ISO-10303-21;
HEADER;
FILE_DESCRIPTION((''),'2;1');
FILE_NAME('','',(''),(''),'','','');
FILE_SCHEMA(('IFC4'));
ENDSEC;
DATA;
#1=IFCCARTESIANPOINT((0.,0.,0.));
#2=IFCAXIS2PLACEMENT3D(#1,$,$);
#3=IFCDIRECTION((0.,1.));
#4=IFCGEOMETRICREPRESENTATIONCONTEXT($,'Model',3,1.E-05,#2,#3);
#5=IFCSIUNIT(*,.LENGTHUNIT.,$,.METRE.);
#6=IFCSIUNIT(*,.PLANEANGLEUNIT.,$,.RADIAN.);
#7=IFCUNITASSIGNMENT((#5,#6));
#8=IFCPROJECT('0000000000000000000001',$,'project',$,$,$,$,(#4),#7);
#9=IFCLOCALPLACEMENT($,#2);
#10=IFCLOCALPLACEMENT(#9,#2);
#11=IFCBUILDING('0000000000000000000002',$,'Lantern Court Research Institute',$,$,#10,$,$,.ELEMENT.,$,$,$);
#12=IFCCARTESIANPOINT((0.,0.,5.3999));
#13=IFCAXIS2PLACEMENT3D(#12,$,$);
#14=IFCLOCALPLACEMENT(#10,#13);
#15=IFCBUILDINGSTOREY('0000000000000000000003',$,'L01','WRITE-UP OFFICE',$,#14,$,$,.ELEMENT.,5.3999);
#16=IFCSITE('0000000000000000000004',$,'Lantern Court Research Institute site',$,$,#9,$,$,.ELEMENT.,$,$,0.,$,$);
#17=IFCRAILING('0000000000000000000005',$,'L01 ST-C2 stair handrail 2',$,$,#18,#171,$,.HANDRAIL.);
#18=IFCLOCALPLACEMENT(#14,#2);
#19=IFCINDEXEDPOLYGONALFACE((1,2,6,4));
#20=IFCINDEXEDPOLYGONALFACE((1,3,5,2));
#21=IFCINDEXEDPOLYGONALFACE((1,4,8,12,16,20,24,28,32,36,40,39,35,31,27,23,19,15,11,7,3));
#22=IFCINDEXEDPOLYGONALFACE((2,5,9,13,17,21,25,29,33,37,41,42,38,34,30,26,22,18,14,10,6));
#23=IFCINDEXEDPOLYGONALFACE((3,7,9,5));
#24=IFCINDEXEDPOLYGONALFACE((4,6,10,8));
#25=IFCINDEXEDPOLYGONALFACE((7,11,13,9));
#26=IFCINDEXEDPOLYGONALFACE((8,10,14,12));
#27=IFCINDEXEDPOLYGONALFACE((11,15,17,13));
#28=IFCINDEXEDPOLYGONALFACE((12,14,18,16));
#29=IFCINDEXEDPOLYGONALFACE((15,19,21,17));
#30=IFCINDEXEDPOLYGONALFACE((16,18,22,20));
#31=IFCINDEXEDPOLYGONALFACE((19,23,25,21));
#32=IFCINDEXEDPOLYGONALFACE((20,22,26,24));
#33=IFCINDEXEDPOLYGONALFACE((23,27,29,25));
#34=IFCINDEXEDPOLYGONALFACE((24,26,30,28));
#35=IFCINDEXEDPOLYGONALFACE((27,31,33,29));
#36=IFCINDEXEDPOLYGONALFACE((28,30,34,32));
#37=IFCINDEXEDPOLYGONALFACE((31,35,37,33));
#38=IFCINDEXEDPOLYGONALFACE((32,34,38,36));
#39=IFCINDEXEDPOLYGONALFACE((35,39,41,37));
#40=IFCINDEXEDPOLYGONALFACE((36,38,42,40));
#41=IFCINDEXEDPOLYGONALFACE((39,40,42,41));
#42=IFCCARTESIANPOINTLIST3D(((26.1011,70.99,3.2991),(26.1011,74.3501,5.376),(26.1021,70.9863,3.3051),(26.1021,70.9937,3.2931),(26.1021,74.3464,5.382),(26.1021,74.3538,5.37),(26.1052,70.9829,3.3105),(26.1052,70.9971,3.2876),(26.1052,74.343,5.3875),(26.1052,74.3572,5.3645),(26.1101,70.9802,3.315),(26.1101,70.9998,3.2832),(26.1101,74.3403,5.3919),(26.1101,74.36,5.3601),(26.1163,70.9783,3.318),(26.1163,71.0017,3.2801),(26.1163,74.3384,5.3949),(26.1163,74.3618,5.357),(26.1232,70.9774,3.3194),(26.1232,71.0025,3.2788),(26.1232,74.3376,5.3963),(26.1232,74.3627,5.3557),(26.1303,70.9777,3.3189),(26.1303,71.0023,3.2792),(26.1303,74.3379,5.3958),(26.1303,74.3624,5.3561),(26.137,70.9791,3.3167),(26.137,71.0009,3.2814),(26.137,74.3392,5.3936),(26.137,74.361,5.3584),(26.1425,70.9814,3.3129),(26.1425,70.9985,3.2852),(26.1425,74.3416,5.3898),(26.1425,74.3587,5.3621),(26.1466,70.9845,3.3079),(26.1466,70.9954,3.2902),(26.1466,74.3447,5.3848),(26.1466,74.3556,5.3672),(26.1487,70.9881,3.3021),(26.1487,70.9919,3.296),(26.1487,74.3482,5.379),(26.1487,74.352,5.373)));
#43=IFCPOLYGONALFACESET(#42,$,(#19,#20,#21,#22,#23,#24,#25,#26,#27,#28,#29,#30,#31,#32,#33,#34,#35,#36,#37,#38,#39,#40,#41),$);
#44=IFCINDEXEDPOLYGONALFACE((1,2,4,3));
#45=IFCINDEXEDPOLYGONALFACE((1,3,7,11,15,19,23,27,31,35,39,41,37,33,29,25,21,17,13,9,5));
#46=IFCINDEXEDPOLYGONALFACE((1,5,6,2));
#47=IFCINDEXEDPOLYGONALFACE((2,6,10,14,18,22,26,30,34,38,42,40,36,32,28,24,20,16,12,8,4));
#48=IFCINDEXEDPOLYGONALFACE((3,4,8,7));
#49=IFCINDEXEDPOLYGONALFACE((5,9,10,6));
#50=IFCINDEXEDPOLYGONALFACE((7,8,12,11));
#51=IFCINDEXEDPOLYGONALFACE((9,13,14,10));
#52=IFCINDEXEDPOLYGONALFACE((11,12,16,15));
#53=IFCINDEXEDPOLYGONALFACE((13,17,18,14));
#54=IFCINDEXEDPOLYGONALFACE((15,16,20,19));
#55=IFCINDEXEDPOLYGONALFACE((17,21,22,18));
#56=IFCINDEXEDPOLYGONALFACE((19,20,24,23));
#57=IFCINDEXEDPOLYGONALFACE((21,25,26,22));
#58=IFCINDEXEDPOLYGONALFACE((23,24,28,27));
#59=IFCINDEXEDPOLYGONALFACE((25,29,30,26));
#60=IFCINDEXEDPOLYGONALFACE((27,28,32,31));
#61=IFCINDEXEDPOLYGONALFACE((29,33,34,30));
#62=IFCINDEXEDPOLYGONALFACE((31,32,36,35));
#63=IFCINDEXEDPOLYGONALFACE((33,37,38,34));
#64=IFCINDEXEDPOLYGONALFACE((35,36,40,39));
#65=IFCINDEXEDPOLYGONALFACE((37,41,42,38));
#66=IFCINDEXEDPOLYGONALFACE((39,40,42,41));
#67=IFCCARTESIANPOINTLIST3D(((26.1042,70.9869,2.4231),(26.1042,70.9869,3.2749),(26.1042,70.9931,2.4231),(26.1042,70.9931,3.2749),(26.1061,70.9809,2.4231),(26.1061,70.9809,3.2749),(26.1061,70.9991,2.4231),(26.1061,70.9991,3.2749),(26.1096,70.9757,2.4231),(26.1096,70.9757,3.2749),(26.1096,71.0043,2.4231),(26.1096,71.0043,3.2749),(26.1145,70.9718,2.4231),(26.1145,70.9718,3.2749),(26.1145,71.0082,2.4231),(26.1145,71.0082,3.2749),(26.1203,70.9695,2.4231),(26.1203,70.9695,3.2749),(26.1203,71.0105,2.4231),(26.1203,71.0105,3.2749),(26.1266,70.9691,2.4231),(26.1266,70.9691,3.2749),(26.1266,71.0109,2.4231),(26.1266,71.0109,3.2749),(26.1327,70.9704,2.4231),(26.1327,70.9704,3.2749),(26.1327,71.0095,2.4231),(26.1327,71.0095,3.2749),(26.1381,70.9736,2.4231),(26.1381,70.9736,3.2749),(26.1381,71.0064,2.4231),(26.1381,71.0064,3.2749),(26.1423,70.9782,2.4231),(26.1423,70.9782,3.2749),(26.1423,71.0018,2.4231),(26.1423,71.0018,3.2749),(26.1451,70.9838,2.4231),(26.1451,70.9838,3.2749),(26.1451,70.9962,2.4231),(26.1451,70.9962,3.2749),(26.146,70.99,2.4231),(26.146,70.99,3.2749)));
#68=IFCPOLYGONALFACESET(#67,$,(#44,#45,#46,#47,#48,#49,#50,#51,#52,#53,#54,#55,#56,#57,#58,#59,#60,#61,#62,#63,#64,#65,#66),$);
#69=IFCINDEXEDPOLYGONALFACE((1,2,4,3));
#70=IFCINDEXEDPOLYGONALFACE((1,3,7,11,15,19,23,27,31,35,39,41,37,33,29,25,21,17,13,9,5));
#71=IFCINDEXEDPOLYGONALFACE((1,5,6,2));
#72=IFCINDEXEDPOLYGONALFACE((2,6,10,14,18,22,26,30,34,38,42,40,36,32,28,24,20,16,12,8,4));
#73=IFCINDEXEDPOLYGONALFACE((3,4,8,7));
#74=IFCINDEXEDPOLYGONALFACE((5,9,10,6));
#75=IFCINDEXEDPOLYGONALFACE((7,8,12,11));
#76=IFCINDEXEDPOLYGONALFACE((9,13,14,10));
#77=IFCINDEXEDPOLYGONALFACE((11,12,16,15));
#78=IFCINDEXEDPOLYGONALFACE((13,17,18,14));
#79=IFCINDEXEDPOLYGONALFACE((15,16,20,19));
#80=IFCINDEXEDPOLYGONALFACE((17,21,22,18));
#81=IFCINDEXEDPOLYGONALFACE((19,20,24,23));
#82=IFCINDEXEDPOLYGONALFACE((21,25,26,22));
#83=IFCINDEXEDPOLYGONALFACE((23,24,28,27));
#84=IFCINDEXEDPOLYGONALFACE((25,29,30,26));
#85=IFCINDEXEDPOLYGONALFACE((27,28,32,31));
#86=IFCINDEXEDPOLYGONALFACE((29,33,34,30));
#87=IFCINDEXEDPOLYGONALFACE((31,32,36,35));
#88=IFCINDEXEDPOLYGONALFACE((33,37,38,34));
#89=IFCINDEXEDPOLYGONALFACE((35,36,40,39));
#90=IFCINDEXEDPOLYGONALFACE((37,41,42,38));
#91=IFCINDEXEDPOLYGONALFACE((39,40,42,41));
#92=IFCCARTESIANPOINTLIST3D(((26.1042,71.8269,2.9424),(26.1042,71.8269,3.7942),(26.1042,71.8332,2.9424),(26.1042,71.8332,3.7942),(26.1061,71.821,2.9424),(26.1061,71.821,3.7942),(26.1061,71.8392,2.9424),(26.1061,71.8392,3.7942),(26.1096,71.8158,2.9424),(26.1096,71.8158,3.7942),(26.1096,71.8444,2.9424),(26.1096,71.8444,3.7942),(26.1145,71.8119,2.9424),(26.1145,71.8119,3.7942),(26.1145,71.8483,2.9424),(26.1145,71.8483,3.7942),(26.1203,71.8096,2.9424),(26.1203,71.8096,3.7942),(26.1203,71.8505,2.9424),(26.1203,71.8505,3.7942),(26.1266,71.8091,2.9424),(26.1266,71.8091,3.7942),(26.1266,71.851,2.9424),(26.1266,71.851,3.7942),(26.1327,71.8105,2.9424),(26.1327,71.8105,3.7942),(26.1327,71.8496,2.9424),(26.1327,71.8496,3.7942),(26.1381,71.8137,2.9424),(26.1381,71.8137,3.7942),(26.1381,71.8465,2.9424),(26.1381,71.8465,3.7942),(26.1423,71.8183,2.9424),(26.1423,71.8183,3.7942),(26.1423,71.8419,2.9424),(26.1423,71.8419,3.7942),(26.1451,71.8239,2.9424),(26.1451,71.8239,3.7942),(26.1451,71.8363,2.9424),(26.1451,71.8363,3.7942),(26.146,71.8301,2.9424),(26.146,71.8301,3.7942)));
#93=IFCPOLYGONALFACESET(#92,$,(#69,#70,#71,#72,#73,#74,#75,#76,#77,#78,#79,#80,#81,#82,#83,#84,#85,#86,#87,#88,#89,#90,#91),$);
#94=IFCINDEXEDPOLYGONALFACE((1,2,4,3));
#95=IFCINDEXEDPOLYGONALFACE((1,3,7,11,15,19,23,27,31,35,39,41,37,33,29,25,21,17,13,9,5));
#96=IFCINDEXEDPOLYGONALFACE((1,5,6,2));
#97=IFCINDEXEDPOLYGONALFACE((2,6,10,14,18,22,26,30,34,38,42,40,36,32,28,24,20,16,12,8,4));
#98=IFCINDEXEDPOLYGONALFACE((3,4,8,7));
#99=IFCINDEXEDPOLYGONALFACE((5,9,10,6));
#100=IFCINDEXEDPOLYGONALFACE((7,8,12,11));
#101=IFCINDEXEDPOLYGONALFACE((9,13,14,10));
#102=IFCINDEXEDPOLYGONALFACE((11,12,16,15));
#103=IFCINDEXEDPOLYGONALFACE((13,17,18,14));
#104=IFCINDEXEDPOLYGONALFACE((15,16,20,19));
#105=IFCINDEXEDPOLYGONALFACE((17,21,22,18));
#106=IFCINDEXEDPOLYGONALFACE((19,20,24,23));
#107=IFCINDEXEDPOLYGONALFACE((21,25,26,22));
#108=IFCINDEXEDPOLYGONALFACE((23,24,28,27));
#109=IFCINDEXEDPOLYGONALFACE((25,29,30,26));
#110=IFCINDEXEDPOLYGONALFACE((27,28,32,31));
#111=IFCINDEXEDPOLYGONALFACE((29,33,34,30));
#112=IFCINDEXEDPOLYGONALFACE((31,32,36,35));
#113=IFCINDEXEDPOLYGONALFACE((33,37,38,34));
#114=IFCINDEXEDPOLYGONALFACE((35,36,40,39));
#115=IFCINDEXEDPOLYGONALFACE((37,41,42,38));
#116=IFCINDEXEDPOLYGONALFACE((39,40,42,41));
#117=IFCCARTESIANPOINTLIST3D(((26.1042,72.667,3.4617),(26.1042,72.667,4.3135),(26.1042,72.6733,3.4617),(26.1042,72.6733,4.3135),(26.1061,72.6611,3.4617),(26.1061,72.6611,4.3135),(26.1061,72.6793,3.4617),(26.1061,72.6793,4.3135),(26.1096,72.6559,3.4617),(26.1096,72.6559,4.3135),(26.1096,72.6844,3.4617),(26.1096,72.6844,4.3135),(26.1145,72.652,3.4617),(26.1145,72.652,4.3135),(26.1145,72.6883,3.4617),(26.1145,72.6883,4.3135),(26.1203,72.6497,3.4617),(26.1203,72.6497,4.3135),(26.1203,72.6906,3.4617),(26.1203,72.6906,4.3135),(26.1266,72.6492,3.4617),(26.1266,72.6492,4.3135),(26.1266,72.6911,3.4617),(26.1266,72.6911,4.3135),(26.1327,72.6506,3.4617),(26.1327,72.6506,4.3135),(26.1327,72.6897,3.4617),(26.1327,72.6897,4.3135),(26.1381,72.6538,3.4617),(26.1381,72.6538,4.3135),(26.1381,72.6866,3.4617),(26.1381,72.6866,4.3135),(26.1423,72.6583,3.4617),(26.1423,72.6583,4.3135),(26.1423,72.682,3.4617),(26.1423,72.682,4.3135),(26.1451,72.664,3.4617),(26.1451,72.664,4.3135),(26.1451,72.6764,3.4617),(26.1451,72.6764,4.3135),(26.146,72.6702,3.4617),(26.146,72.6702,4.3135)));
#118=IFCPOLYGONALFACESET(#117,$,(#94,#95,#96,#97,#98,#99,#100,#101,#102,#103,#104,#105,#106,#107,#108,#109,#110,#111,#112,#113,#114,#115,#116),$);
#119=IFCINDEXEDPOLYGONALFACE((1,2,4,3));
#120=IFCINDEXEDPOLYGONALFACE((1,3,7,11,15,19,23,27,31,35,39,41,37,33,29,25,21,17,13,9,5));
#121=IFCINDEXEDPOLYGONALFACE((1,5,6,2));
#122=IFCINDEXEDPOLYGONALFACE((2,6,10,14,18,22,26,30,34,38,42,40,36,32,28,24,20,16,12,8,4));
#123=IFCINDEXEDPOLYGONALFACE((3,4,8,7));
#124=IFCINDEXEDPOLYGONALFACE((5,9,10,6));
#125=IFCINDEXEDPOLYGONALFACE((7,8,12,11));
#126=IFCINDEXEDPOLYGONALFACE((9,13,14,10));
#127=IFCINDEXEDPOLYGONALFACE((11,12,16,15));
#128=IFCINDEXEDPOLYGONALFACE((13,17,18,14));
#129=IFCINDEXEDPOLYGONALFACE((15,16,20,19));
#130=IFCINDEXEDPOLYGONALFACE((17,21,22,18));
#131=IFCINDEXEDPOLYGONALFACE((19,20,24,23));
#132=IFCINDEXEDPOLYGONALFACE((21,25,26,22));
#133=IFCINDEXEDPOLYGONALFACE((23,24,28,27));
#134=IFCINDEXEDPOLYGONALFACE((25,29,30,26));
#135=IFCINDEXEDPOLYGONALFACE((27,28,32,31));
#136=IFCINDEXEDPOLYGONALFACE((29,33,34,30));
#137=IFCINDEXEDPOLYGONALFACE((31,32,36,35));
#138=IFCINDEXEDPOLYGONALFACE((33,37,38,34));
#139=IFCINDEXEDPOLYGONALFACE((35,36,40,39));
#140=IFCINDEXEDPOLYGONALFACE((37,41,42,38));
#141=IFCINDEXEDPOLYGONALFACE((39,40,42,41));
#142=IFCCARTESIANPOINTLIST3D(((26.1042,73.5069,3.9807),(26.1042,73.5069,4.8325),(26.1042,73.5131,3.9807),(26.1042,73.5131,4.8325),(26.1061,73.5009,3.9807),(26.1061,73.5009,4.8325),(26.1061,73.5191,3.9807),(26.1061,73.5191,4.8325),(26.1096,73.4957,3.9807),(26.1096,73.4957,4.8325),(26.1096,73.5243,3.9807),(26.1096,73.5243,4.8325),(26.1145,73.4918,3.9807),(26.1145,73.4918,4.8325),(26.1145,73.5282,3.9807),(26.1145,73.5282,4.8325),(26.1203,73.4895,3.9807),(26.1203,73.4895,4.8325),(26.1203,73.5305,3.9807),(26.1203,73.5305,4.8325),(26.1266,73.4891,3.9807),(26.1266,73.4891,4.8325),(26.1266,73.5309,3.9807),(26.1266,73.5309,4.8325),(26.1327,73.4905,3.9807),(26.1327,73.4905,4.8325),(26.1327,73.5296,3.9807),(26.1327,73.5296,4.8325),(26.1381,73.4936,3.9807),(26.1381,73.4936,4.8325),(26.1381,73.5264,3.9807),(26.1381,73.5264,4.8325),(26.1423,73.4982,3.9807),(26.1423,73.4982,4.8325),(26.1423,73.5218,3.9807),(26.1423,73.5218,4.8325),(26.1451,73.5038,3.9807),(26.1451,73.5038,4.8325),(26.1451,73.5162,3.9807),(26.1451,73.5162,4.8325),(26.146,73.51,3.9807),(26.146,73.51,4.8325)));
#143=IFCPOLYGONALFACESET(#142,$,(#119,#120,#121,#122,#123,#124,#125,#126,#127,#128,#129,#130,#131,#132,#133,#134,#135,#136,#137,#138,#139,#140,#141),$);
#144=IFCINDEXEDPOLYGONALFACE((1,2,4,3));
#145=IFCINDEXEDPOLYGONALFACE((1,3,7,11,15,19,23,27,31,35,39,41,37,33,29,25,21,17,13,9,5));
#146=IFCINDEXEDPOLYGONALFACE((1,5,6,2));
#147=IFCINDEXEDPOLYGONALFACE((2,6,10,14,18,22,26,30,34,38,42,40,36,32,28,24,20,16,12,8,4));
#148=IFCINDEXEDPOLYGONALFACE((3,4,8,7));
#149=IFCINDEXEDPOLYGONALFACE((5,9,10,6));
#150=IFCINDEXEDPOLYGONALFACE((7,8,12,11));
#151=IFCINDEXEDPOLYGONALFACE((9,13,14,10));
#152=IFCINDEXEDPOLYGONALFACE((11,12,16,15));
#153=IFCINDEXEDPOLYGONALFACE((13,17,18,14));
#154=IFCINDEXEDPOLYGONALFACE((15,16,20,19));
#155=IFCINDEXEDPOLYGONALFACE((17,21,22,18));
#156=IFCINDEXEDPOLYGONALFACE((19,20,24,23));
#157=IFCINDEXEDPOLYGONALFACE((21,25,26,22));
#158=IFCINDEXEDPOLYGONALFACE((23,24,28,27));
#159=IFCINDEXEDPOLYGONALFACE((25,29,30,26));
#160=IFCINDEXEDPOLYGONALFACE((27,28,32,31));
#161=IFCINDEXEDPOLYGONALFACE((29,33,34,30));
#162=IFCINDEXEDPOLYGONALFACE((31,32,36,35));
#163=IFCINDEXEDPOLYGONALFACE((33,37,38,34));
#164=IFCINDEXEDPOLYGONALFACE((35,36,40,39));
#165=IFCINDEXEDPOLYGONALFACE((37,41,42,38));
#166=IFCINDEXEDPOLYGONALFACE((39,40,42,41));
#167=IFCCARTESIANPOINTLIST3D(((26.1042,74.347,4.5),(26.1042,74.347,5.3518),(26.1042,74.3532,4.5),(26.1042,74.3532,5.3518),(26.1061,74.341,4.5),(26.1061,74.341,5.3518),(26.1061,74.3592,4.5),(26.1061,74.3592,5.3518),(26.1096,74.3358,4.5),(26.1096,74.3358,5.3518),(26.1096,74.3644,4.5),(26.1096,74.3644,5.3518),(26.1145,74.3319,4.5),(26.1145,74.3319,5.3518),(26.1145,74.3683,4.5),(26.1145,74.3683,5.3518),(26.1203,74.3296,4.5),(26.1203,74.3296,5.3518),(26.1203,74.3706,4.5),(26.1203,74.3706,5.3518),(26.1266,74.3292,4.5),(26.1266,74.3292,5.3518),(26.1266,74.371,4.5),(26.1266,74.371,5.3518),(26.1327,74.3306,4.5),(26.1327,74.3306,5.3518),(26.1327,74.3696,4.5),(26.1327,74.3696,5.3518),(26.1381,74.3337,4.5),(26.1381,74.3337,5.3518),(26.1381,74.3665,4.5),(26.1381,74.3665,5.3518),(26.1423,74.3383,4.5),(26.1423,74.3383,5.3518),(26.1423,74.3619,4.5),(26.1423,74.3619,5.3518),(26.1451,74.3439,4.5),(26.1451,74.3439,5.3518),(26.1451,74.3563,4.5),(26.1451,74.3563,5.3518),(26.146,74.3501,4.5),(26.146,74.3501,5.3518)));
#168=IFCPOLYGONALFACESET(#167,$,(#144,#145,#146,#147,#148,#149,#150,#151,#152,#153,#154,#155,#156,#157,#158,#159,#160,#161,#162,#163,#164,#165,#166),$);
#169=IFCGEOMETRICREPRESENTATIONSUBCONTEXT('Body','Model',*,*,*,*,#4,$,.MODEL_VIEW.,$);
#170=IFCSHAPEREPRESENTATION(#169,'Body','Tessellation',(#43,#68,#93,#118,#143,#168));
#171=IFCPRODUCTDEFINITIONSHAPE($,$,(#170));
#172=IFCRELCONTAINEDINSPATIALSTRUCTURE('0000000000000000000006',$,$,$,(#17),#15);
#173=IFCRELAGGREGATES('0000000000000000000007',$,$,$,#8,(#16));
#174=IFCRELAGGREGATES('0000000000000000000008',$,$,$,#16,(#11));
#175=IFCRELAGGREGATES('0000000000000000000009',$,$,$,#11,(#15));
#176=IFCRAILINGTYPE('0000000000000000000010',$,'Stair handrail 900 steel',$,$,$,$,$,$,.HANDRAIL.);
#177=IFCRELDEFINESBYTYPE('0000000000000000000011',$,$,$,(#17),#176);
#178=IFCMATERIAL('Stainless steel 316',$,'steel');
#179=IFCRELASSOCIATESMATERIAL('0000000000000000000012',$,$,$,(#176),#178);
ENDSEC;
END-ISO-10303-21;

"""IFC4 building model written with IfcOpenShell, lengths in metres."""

from ifc_helpers import new_model, si_unit, direction, frame, origin, origin_2d, place, context, subcontext, project, spatial, circle, extrude, material, type_object, element, save


model = new_model("IFC4")

# Units and contexts
model_context = context("Model", 3, precision=1e-05, world=origin(), true_north=direction((0.0, 1.0)))
body_context = subcontext(model_context, "Body", "Model", "MODEL_VIEW")
ifc_project = project(units=[si_unit("LENGTHUNIT", "METRE"), si_unit("PLANEANGLEUNIT", "RADIAN")], contexts=[model_context])

# Site, building, storey
site_placement = place(None, origin())
site = spatial("IfcSite", under=ifc_project, at=site_placement, Name="Lantern Court Research Institute site", CompositionType="ELEMENT", RefElevation=0.0)
building_placement = place(site_placement, origin())
building = spatial("IfcBuilding", under=site, at=building_placement, Name="Lantern Court Research Institute", CompositionType="ELEMENT")
storey_placement = place(building_placement, frame((0.0, 0.0, 5.3999)))
storey = spatial("IfcBuildingStorey", under=building, at=storey_placement, Name="L01", Description="WRITE-UP OFFICE", CompositionType="ELEMENT", Elevation=5.3999)

# Railing
ifc_material_1 = material(Name="Stainless steel 316", Category="steel")
railing_type_1 = type_object("IfcRailingType", Name="Stair handrail 900 steel", PredefinedType="HANDRAIL", material=ifc_material_1)
railing_1_placement = place(storey_placement, frame((26.125, 70.99, 2.4231)))
element("IfcRailing", 1, at=railing_1_placement, inside=storey, type_object=railing_type_1, Name="L01 ST-C2 stair handrail 2", PredefinedType="HANDRAIL", context=body_context, shape_type="SweptSolid", body=[
    extrude(circle(Radius=0.0239, at=origin_2d()), frame((0.0, 0.0, 0.876), z_axis=(0.0, 0.850623, 0.525776), x_axis=(-1.0, 0.0, 0.0)), (0.0, 0.0, 1.0), 3.9502),
    extrude(circle(Radius=0.021, at=origin_2d()), origin(), (0.0, 0.0, 1.0), 0.8518),
    extrude(circle(Radius=0.021, at=origin_2d()), frame((0.0, 0.8401, 0.5193)), (0.0, 0.0, 1.0), 0.8518),
    extrude(circle(Radius=0.021, at=origin_2d()), frame((0.0, 1.6802, 1.0386)), (0.0, 0.0, 1.0), 0.8518),
    extrude(circle(Radius=0.021, at=origin_2d()), frame((0.0, 2.52, 1.5576)), (0.0, 0.0, 1.0), 0.8518),
    extrude(circle(Radius=0.021, at=origin_2d()), frame((0.0, 3.3601, 2.0769)), (0.0, 0.0, 1.0), 0.8518),
])

save(model, "model.ifc")
